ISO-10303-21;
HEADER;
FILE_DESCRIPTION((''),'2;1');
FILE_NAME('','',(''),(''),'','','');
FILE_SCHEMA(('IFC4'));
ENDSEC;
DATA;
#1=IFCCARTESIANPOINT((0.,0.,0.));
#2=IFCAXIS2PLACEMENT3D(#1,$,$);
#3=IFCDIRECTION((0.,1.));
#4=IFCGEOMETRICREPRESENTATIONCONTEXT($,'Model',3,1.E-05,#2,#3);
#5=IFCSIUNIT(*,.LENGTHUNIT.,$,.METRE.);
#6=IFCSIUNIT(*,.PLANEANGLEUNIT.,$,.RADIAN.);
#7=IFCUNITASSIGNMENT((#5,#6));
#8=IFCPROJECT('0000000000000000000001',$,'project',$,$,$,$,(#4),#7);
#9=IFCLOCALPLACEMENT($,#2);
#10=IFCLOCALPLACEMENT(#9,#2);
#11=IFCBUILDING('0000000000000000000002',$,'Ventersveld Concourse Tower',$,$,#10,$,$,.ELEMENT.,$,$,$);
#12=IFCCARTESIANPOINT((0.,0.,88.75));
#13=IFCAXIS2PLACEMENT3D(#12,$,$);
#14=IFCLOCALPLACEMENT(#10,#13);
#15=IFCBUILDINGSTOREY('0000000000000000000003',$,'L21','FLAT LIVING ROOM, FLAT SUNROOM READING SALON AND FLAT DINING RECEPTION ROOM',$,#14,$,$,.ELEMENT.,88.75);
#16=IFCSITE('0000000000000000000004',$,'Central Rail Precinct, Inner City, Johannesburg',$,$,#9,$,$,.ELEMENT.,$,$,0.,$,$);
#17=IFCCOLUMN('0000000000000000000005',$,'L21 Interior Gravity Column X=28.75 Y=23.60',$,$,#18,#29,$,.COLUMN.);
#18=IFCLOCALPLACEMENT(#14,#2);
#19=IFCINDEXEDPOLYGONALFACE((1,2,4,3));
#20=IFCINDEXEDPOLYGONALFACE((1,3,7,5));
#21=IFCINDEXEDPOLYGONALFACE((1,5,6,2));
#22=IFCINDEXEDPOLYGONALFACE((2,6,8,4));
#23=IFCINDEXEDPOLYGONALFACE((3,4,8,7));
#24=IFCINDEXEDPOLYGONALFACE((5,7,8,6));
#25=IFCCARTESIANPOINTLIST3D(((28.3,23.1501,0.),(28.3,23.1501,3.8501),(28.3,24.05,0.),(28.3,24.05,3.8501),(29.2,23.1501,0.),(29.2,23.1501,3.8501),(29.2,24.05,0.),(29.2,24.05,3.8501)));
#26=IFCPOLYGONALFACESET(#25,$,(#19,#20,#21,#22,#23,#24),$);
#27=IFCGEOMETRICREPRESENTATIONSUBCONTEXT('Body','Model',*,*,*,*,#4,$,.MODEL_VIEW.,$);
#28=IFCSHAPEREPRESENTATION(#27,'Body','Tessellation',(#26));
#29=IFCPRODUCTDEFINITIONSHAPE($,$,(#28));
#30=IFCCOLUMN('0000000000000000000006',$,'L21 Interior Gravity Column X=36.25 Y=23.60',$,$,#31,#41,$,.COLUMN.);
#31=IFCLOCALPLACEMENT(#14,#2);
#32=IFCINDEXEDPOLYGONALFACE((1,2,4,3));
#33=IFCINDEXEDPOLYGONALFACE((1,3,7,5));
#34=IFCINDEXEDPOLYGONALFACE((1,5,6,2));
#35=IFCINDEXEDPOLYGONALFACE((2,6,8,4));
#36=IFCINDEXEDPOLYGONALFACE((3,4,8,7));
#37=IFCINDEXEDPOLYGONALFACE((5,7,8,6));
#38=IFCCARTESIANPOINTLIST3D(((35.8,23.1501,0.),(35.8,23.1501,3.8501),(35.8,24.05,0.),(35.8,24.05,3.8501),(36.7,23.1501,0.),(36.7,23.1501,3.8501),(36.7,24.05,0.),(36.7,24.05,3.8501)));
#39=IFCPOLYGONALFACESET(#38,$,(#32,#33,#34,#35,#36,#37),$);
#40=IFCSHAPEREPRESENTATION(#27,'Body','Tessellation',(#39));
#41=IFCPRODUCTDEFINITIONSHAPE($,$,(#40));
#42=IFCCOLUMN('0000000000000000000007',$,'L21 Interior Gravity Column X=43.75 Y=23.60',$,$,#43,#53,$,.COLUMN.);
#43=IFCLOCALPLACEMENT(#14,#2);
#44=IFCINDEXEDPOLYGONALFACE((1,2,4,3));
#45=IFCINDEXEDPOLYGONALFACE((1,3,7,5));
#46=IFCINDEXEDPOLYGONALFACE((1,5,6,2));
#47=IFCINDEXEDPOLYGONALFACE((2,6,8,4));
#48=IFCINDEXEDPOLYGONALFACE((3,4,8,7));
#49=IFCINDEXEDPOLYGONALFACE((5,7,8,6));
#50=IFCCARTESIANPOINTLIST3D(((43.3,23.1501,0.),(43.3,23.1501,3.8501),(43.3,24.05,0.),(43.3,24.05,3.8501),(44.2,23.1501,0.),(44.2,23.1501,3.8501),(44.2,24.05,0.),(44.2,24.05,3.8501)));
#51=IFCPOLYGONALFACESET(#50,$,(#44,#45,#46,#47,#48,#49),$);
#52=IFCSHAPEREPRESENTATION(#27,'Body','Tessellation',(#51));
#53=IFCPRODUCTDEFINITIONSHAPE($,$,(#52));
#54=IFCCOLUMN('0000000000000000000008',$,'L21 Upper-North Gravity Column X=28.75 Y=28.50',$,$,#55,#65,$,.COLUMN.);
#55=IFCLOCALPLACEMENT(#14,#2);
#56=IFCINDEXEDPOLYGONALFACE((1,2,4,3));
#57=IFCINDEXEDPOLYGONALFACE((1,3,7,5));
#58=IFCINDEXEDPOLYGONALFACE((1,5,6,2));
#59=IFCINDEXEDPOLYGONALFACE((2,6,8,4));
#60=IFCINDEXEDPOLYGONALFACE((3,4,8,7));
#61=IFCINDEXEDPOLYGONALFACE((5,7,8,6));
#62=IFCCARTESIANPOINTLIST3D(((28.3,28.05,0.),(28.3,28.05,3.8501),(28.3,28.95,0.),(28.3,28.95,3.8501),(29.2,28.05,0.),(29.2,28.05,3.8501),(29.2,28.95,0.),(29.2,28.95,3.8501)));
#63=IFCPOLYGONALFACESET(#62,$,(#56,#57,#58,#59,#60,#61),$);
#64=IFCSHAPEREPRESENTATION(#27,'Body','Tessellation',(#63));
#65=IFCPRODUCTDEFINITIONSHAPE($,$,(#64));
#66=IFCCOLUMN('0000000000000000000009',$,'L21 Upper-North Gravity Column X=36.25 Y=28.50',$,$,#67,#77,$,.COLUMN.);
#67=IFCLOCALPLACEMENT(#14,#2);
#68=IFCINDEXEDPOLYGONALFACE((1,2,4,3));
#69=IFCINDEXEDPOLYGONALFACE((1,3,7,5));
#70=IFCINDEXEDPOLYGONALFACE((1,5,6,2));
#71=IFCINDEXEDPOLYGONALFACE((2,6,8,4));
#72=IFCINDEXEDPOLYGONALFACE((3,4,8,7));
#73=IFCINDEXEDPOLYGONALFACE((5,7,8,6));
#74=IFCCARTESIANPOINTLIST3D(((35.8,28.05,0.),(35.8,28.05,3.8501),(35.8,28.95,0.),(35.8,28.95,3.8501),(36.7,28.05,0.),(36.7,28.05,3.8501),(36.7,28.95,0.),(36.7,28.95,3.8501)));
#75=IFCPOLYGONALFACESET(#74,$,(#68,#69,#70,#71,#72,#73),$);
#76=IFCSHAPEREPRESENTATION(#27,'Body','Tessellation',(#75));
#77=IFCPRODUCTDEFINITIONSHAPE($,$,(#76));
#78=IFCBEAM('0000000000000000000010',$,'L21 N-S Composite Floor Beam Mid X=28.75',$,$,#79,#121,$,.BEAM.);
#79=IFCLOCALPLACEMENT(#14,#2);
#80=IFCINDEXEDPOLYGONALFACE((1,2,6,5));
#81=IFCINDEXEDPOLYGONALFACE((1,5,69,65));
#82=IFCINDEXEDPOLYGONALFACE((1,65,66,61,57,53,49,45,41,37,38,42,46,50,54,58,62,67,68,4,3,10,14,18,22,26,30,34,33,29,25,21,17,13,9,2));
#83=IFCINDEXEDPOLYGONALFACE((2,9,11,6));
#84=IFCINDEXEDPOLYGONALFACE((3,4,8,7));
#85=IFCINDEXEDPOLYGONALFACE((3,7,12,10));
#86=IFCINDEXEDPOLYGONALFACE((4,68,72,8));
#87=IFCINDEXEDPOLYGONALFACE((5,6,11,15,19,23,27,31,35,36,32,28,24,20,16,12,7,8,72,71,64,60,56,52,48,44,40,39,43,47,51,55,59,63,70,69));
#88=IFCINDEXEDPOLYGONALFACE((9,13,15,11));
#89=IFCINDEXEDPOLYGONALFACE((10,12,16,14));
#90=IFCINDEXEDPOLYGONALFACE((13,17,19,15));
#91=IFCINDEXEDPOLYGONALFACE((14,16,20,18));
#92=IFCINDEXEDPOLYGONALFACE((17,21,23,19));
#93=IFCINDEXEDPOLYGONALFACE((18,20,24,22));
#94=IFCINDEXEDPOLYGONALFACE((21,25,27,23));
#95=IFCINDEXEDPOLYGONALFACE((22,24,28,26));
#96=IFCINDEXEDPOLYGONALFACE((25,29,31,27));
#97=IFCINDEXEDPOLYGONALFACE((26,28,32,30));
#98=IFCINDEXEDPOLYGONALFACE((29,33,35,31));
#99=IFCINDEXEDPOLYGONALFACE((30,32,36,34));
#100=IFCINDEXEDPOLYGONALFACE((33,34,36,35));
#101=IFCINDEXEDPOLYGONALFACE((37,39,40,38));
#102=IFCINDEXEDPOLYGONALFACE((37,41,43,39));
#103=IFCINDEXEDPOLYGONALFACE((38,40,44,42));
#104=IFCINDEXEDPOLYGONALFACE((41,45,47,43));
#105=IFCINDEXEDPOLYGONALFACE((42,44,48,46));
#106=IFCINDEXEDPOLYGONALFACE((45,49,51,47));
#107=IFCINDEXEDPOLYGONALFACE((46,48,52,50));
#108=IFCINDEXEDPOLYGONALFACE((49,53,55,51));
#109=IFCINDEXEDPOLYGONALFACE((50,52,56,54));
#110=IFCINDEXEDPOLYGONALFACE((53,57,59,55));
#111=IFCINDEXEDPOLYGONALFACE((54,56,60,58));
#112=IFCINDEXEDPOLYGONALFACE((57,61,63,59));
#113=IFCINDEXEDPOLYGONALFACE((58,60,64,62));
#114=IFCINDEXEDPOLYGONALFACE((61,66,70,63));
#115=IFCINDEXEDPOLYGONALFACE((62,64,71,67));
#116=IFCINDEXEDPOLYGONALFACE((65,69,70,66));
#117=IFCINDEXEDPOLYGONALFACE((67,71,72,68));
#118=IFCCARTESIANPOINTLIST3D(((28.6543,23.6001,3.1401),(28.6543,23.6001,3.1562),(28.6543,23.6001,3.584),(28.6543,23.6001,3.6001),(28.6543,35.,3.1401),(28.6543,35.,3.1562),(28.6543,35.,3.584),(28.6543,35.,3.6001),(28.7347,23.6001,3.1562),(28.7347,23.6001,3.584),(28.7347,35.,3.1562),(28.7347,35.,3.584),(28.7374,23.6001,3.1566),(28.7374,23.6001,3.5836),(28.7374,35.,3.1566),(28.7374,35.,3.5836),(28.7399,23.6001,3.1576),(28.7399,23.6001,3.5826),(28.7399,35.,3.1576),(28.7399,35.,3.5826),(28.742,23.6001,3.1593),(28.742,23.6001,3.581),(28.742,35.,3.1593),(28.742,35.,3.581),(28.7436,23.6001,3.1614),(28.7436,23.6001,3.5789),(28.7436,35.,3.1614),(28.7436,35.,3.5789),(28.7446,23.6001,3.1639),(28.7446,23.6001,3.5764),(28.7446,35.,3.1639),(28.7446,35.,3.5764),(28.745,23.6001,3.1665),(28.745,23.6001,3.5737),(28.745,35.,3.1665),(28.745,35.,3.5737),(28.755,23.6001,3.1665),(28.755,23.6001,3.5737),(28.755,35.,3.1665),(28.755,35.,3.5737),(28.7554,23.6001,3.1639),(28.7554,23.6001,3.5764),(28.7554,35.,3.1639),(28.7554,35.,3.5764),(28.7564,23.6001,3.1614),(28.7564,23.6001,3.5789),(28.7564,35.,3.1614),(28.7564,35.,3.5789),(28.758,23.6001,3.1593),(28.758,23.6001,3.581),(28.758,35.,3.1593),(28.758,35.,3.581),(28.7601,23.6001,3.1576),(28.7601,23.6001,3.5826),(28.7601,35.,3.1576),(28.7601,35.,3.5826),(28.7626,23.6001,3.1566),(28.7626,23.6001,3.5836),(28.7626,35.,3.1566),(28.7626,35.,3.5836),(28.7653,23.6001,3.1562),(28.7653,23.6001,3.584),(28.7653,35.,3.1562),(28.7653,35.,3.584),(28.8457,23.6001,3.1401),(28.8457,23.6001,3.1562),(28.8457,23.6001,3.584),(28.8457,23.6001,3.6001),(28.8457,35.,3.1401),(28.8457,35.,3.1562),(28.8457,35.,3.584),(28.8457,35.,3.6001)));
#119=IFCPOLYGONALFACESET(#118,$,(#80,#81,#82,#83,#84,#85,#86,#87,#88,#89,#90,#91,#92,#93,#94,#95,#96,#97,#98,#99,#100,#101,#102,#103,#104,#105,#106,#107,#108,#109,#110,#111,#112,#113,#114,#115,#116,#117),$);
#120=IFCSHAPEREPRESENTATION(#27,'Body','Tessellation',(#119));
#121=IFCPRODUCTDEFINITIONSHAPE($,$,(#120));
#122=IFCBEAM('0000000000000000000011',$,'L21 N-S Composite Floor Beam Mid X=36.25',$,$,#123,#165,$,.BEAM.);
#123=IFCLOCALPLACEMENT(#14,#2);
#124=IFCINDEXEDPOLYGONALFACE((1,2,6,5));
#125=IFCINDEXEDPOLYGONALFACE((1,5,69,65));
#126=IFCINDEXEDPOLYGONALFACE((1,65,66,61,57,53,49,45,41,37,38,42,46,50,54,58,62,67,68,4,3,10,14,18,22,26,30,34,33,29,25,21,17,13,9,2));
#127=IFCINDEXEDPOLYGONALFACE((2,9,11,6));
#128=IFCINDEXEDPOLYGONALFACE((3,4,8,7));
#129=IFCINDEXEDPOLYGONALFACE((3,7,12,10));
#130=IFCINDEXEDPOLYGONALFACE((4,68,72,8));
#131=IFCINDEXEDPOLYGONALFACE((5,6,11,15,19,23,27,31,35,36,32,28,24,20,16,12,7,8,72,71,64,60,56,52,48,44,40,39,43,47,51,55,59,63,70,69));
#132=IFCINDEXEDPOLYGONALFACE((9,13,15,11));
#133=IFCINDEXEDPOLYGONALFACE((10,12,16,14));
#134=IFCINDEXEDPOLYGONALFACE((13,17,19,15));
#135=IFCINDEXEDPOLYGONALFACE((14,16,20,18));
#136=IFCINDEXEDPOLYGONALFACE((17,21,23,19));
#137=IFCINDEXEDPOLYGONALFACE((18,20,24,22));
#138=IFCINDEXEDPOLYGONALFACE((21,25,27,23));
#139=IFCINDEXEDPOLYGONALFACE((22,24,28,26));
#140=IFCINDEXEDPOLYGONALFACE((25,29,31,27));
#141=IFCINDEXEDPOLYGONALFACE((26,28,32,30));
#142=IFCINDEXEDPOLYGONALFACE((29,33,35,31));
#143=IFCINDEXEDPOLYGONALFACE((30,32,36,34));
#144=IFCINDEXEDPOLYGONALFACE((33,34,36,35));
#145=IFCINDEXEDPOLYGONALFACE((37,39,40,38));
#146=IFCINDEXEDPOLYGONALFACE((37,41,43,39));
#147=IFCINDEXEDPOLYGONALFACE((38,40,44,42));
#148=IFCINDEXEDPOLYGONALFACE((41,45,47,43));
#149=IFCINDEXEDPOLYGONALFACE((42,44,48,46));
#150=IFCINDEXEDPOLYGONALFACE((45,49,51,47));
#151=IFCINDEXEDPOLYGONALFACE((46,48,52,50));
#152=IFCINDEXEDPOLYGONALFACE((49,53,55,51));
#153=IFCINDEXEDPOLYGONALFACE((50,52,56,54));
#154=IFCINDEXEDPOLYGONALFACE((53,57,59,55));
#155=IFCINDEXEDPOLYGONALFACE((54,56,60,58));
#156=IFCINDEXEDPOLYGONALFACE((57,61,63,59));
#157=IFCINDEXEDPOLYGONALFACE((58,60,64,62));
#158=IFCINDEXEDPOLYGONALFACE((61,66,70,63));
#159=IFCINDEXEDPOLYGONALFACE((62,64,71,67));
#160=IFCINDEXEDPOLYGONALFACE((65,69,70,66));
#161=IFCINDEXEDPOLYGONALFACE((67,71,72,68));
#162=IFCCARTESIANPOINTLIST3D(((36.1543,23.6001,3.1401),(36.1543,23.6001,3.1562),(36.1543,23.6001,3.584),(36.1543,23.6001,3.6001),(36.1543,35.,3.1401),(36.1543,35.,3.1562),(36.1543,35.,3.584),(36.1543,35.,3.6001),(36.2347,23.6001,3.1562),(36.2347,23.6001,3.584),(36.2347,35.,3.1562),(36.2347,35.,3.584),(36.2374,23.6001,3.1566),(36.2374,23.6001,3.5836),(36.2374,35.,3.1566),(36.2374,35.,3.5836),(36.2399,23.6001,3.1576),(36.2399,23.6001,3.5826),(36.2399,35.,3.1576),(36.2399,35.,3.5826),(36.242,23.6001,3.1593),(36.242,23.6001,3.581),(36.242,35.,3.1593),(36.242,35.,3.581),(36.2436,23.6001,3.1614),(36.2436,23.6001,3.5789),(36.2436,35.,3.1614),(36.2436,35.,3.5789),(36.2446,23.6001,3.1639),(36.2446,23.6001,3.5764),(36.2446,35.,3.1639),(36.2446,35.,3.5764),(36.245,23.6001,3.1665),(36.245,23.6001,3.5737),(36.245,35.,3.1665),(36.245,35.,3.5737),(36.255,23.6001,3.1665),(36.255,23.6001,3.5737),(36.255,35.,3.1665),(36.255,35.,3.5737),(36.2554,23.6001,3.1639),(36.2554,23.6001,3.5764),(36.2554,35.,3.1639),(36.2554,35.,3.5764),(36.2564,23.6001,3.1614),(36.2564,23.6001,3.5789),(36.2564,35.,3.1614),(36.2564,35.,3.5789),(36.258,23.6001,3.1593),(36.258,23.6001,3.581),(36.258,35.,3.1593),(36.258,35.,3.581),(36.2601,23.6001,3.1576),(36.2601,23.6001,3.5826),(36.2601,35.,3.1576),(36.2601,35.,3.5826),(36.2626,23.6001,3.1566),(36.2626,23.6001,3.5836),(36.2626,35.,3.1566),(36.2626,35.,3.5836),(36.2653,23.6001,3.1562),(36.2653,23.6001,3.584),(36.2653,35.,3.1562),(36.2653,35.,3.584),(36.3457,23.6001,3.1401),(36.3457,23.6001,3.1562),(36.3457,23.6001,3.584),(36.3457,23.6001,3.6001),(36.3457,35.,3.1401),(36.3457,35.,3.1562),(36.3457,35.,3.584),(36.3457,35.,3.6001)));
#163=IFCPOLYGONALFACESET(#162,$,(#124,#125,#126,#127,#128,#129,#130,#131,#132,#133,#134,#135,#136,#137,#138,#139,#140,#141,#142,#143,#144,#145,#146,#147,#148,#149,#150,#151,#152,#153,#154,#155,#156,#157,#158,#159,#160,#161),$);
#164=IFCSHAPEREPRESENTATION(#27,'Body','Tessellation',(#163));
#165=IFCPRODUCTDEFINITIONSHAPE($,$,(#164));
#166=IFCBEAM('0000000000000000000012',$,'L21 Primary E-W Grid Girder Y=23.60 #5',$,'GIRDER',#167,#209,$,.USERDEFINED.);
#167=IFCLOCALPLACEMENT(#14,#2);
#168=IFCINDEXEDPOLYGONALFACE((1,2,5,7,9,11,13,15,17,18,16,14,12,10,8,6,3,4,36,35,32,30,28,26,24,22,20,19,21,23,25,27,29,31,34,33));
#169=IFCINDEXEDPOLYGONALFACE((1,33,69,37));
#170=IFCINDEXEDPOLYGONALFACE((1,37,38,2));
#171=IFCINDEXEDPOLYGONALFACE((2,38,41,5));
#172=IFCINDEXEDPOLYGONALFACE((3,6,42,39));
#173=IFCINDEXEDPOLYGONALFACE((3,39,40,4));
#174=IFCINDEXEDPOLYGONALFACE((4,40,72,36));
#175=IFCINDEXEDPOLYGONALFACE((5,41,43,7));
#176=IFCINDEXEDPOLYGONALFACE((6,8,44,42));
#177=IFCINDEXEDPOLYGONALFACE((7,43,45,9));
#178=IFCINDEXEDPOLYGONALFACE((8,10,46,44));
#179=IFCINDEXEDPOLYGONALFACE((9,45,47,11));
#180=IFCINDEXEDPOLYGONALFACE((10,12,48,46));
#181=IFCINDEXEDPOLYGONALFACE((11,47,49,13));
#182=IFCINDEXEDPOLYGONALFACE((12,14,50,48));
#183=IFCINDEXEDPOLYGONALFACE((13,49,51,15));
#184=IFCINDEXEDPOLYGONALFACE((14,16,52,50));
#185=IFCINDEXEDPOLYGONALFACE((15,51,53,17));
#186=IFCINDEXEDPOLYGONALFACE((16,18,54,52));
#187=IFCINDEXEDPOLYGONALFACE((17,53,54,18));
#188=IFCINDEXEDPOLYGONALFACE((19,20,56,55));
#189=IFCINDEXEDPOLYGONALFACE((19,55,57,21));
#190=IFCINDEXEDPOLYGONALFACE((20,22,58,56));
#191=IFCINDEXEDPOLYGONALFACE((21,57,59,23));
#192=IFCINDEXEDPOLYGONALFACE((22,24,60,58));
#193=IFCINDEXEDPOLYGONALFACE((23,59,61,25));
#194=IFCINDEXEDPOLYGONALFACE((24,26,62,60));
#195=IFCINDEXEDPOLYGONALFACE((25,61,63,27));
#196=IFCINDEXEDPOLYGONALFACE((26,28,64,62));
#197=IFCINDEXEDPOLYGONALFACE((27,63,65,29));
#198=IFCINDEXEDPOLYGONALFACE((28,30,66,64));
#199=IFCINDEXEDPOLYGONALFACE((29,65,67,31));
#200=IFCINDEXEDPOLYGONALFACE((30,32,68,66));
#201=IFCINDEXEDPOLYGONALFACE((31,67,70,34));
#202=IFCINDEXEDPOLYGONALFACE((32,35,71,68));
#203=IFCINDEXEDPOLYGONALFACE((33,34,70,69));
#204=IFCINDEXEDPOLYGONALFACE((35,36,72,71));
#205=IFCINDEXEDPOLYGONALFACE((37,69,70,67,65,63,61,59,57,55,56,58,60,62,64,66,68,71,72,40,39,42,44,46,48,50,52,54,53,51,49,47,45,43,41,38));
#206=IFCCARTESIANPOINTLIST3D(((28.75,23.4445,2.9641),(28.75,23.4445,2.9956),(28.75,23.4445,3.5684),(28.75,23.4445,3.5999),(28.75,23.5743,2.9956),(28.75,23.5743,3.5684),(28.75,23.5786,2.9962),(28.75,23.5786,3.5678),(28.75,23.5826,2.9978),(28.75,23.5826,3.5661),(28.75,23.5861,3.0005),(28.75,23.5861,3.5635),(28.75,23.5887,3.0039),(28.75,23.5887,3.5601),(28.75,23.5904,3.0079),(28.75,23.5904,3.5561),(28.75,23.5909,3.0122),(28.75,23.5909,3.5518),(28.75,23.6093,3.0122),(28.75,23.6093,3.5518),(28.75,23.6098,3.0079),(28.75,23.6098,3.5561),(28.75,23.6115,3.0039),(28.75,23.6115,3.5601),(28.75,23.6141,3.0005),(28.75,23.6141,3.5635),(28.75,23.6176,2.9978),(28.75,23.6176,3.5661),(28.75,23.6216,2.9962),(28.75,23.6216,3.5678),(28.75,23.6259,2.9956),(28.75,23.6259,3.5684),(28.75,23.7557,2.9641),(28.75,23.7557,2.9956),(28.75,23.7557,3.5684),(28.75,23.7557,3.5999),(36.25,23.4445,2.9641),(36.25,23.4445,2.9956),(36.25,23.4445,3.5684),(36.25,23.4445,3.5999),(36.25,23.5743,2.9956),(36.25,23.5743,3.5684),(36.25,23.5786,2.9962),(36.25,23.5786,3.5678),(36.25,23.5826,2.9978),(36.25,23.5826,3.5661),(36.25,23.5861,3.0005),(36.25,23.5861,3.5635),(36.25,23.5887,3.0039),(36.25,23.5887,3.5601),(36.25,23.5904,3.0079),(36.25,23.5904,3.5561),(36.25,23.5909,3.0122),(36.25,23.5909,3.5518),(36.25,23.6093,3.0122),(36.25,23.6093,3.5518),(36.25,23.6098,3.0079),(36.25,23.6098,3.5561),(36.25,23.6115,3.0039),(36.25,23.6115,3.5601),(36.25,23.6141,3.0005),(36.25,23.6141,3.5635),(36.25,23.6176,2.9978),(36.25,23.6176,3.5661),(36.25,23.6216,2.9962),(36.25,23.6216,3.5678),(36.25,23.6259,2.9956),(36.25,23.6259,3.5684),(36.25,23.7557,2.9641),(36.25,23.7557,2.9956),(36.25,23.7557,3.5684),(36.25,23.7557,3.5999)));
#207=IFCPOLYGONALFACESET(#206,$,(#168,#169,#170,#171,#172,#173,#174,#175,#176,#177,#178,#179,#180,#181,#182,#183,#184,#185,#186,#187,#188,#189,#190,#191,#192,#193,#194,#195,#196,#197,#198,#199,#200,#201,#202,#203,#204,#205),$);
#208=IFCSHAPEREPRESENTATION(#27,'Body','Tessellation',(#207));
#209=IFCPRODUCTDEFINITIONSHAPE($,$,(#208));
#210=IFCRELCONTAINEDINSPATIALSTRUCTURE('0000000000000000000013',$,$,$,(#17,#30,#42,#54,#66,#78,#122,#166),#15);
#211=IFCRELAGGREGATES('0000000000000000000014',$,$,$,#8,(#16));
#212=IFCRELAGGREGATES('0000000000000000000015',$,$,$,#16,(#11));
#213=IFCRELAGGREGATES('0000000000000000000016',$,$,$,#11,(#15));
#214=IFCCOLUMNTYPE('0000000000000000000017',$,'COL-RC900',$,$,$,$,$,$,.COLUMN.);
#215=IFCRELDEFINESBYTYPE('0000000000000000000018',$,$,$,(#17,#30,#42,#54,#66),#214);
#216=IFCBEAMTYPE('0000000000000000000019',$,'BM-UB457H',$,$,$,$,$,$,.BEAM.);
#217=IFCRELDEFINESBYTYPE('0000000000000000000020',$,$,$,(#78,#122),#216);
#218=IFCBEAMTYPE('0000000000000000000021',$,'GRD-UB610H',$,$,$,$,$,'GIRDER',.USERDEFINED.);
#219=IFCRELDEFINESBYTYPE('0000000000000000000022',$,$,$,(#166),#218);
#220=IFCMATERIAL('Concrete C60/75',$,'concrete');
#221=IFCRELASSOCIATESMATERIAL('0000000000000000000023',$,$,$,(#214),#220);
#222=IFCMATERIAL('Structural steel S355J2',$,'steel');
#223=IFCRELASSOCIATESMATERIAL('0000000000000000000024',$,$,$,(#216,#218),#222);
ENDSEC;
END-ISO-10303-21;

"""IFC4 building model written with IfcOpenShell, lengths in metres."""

from ifc_helpers import new_model, si_unit, direction, frame, origin, origin_2d, place, context, subcontext, project, spatial, rectangle, i_section, extrude, material, material_profile, profile_set, type_object, element, save


model = new_model("IFC4")

# Units and contexts
model_context = context("Model", 3, precision=1e-05, world=origin(), true_north=direction((0.0, 1.0)))
body_context = subcontext(model_context, "Body", "Model", "MODEL_VIEW")
ifc_project = project(units=[si_unit("LENGTHUNIT", "METRE"), si_unit("PLANEANGLEUNIT", "RADIAN")], contexts=[model_context])

# Site, building, storey
site_placement = place(None, origin())
site = spatial("IfcSite", under=ifc_project, at=site_placement, Name="Central Rail Precinct, Inner City, Johannesburg", CompositionType="ELEMENT", RefElevation=0.0)
building_placement = place(site_placement, origin())
building = spatial("IfcBuilding", under=site, at=building_placement, Name="Ventersveld Concourse Tower", CompositionType="ELEMENT")
storey_placement = place(building_placement, frame((0.0, 0.0, 88.75)))
storey = spatial("IfcBuildingStorey", under=building, at=storey_placement, Name="L21", Description="FLAT LIVING ROOM, FLAT SUNROOM READING SALON AND FLAT DINING RECEPTION ROOM", CompositionType="ELEMENT", Elevation=88.75)

# Columns
ifc_material_1 = material(Name="Concrete C60/75", Category="concrete")
ifc_material_profile_1 = material_profile(ifc_material_1, rectangle(XDim=0.8999, YDim=0.8999, at=origin_2d()), Name="RC 900x900")
ifc_profile_set_1 = profile_set([ifc_material_profile_1], Name="Concrete C60/75")
column_type = type_object("IfcColumnType", Name="COL-RC900", PredefinedType="COLUMN", material=ifc_profile_set_1)
for number, where, z_axis, x_axis, name in (
    (1, (28.75, 23.6001, 0.0), (0.0, 0.0, 1.0), (1.0, 0.0, 0.0), "L21 Interior Gravity Column X=28.75 Y=23.60"),
    (2, (36.25, 23.6001, 0.0), (0.0, 0.0, 1.0), (1.0, 0.0, 0.0), "L21 Interior Gravity Column X=36.25 Y=23.60"),
    (3, (43.75, 23.6001, 0.0), (0.0, 0.0, 1.0), (1.0, 0.0, 0.0), "L21 Interior Gravity Column X=43.75 Y=23.60"),
    (4, (28.75, 28.5, 0.0), (0.0, 0.0, 1.0), (1.0, 0.0, 0.0), "L21 Upper-North Gravity Column X=28.75 Y=28.50"),
    (5, (36.25, 28.5, 0.0), (0.0, 0.0, 1.0), (1.0, 0.0, 0.0), "L21 Upper-North Gravity Column X=36.25 Y=28.50"),
):
    element("IfcColumn", number, at=place(storey_placement, frame(where, z_axis=z_axis, x_axis=x_axis)), inside=storey, type_object=column_type, Name=name, PredefinedType="COLUMN", context=body_context, shape_type="SweptSolid", body=[
        extrude(rectangle(XDim=0.8999, YDim=0.8999, at=origin_2d()), origin(), (0.0, 0.0, 1.0), 3.8501),
    ])

# Beams
ifc_material_2 = material(Name="Structural steel S355J2", Category="steel")
ifc_material_profile_2 = material_profile(ifc_material_2, i_section(OverallWidth=0.1914, OverallDepth=0.46, WebThickness=0.01, FlangeThickness=0.0161, FilletRadius=0.0103, at=origin_2d()), Name="UB 457x191x82")
ifc_profile_set_2 = profile_set([ifc_material_profile_2], Name="Structural steel S355J2")
beam_type_1 = type_object("IfcBeamType", Name="BM-UB457H", PredefinedType="BEAM", material=ifc_profile_set_2)
for number, where, z_axis, x_axis, name in (
    (6, (28.75, 23.6001, 3.3701), (0.0, 1.0, 0.0), (-1.0, 0.0, 0.0), "L21 N-S Composite Floor Beam Mid X=28.75"),
    (7, (36.25, 23.6001, 3.3701), (0.0, 1.0, 0.0), (-1.0, 0.0, 0.0), "L21 N-S Composite Floor Beam Mid X=36.25"),
):
    element("IfcBeam", number, at=place(storey_placement, frame(where, z_axis=z_axis, x_axis=x_axis)), inside=storey, type_object=beam_type_1, Name=name, PredefinedType="BEAM", context=body_context, shape_type="SweptSolid", body=[
        extrude(i_section(OverallWidth=0.1914, OverallDepth=0.46, WebThickness=0.01, FlangeThickness=0.0161, FilletRadius=0.0103, at=origin_2d()), origin(), (0.0, 0.0, 1.0), 11.3999),
    ])
ifc_material_profile_3 = material_profile(ifc_material_2, i_section(OverallWidth=0.3113, OverallDepth=0.6357, WebThickness=0.0183, FlangeThickness=0.0315, FilletRadius=0.0166, at=origin_2d()), Name="UB 610x305x238")
ifc_profile_set_3 = profile_set([ifc_material_profile_3], Name="Structural steel S355J2")
beam_type_2 = type_object("IfcBeamType", Name="GRD-UB610H", ElementType="GIRDER", PredefinedType="USERDEFINED", material=ifc_profile_set_3)
for number, where, z_axis, x_axis, name in (
    (8, (28.75, 23.6001, 3.282), (1.0, 0.0, 0.0), (0.0, 1.0, 0.0), "L21 Primary E-W Grid Girder Y=23.60 #5"),
):
    element("IfcBeam", number, at=place(storey_placement, frame(where, z_axis=z_axis, x_axis=x_axis)), inside=storey, type_object=beam_type_2, Name=name, ObjectType="GIRDER", PredefinedType="USERDEFINED", context=body_context, shape_type="SweptSolid", body=[
        extrude(i_section(OverallWidth=0.3113, OverallDepth=0.6357, WebThickness=0.0183, FlangeThickness=0.0315, FilletRadius=0.0166, at=origin_2d()), origin(), (0.0, 0.0, 1.0), 7.5),
    ])

save(model, "model.ifc")
